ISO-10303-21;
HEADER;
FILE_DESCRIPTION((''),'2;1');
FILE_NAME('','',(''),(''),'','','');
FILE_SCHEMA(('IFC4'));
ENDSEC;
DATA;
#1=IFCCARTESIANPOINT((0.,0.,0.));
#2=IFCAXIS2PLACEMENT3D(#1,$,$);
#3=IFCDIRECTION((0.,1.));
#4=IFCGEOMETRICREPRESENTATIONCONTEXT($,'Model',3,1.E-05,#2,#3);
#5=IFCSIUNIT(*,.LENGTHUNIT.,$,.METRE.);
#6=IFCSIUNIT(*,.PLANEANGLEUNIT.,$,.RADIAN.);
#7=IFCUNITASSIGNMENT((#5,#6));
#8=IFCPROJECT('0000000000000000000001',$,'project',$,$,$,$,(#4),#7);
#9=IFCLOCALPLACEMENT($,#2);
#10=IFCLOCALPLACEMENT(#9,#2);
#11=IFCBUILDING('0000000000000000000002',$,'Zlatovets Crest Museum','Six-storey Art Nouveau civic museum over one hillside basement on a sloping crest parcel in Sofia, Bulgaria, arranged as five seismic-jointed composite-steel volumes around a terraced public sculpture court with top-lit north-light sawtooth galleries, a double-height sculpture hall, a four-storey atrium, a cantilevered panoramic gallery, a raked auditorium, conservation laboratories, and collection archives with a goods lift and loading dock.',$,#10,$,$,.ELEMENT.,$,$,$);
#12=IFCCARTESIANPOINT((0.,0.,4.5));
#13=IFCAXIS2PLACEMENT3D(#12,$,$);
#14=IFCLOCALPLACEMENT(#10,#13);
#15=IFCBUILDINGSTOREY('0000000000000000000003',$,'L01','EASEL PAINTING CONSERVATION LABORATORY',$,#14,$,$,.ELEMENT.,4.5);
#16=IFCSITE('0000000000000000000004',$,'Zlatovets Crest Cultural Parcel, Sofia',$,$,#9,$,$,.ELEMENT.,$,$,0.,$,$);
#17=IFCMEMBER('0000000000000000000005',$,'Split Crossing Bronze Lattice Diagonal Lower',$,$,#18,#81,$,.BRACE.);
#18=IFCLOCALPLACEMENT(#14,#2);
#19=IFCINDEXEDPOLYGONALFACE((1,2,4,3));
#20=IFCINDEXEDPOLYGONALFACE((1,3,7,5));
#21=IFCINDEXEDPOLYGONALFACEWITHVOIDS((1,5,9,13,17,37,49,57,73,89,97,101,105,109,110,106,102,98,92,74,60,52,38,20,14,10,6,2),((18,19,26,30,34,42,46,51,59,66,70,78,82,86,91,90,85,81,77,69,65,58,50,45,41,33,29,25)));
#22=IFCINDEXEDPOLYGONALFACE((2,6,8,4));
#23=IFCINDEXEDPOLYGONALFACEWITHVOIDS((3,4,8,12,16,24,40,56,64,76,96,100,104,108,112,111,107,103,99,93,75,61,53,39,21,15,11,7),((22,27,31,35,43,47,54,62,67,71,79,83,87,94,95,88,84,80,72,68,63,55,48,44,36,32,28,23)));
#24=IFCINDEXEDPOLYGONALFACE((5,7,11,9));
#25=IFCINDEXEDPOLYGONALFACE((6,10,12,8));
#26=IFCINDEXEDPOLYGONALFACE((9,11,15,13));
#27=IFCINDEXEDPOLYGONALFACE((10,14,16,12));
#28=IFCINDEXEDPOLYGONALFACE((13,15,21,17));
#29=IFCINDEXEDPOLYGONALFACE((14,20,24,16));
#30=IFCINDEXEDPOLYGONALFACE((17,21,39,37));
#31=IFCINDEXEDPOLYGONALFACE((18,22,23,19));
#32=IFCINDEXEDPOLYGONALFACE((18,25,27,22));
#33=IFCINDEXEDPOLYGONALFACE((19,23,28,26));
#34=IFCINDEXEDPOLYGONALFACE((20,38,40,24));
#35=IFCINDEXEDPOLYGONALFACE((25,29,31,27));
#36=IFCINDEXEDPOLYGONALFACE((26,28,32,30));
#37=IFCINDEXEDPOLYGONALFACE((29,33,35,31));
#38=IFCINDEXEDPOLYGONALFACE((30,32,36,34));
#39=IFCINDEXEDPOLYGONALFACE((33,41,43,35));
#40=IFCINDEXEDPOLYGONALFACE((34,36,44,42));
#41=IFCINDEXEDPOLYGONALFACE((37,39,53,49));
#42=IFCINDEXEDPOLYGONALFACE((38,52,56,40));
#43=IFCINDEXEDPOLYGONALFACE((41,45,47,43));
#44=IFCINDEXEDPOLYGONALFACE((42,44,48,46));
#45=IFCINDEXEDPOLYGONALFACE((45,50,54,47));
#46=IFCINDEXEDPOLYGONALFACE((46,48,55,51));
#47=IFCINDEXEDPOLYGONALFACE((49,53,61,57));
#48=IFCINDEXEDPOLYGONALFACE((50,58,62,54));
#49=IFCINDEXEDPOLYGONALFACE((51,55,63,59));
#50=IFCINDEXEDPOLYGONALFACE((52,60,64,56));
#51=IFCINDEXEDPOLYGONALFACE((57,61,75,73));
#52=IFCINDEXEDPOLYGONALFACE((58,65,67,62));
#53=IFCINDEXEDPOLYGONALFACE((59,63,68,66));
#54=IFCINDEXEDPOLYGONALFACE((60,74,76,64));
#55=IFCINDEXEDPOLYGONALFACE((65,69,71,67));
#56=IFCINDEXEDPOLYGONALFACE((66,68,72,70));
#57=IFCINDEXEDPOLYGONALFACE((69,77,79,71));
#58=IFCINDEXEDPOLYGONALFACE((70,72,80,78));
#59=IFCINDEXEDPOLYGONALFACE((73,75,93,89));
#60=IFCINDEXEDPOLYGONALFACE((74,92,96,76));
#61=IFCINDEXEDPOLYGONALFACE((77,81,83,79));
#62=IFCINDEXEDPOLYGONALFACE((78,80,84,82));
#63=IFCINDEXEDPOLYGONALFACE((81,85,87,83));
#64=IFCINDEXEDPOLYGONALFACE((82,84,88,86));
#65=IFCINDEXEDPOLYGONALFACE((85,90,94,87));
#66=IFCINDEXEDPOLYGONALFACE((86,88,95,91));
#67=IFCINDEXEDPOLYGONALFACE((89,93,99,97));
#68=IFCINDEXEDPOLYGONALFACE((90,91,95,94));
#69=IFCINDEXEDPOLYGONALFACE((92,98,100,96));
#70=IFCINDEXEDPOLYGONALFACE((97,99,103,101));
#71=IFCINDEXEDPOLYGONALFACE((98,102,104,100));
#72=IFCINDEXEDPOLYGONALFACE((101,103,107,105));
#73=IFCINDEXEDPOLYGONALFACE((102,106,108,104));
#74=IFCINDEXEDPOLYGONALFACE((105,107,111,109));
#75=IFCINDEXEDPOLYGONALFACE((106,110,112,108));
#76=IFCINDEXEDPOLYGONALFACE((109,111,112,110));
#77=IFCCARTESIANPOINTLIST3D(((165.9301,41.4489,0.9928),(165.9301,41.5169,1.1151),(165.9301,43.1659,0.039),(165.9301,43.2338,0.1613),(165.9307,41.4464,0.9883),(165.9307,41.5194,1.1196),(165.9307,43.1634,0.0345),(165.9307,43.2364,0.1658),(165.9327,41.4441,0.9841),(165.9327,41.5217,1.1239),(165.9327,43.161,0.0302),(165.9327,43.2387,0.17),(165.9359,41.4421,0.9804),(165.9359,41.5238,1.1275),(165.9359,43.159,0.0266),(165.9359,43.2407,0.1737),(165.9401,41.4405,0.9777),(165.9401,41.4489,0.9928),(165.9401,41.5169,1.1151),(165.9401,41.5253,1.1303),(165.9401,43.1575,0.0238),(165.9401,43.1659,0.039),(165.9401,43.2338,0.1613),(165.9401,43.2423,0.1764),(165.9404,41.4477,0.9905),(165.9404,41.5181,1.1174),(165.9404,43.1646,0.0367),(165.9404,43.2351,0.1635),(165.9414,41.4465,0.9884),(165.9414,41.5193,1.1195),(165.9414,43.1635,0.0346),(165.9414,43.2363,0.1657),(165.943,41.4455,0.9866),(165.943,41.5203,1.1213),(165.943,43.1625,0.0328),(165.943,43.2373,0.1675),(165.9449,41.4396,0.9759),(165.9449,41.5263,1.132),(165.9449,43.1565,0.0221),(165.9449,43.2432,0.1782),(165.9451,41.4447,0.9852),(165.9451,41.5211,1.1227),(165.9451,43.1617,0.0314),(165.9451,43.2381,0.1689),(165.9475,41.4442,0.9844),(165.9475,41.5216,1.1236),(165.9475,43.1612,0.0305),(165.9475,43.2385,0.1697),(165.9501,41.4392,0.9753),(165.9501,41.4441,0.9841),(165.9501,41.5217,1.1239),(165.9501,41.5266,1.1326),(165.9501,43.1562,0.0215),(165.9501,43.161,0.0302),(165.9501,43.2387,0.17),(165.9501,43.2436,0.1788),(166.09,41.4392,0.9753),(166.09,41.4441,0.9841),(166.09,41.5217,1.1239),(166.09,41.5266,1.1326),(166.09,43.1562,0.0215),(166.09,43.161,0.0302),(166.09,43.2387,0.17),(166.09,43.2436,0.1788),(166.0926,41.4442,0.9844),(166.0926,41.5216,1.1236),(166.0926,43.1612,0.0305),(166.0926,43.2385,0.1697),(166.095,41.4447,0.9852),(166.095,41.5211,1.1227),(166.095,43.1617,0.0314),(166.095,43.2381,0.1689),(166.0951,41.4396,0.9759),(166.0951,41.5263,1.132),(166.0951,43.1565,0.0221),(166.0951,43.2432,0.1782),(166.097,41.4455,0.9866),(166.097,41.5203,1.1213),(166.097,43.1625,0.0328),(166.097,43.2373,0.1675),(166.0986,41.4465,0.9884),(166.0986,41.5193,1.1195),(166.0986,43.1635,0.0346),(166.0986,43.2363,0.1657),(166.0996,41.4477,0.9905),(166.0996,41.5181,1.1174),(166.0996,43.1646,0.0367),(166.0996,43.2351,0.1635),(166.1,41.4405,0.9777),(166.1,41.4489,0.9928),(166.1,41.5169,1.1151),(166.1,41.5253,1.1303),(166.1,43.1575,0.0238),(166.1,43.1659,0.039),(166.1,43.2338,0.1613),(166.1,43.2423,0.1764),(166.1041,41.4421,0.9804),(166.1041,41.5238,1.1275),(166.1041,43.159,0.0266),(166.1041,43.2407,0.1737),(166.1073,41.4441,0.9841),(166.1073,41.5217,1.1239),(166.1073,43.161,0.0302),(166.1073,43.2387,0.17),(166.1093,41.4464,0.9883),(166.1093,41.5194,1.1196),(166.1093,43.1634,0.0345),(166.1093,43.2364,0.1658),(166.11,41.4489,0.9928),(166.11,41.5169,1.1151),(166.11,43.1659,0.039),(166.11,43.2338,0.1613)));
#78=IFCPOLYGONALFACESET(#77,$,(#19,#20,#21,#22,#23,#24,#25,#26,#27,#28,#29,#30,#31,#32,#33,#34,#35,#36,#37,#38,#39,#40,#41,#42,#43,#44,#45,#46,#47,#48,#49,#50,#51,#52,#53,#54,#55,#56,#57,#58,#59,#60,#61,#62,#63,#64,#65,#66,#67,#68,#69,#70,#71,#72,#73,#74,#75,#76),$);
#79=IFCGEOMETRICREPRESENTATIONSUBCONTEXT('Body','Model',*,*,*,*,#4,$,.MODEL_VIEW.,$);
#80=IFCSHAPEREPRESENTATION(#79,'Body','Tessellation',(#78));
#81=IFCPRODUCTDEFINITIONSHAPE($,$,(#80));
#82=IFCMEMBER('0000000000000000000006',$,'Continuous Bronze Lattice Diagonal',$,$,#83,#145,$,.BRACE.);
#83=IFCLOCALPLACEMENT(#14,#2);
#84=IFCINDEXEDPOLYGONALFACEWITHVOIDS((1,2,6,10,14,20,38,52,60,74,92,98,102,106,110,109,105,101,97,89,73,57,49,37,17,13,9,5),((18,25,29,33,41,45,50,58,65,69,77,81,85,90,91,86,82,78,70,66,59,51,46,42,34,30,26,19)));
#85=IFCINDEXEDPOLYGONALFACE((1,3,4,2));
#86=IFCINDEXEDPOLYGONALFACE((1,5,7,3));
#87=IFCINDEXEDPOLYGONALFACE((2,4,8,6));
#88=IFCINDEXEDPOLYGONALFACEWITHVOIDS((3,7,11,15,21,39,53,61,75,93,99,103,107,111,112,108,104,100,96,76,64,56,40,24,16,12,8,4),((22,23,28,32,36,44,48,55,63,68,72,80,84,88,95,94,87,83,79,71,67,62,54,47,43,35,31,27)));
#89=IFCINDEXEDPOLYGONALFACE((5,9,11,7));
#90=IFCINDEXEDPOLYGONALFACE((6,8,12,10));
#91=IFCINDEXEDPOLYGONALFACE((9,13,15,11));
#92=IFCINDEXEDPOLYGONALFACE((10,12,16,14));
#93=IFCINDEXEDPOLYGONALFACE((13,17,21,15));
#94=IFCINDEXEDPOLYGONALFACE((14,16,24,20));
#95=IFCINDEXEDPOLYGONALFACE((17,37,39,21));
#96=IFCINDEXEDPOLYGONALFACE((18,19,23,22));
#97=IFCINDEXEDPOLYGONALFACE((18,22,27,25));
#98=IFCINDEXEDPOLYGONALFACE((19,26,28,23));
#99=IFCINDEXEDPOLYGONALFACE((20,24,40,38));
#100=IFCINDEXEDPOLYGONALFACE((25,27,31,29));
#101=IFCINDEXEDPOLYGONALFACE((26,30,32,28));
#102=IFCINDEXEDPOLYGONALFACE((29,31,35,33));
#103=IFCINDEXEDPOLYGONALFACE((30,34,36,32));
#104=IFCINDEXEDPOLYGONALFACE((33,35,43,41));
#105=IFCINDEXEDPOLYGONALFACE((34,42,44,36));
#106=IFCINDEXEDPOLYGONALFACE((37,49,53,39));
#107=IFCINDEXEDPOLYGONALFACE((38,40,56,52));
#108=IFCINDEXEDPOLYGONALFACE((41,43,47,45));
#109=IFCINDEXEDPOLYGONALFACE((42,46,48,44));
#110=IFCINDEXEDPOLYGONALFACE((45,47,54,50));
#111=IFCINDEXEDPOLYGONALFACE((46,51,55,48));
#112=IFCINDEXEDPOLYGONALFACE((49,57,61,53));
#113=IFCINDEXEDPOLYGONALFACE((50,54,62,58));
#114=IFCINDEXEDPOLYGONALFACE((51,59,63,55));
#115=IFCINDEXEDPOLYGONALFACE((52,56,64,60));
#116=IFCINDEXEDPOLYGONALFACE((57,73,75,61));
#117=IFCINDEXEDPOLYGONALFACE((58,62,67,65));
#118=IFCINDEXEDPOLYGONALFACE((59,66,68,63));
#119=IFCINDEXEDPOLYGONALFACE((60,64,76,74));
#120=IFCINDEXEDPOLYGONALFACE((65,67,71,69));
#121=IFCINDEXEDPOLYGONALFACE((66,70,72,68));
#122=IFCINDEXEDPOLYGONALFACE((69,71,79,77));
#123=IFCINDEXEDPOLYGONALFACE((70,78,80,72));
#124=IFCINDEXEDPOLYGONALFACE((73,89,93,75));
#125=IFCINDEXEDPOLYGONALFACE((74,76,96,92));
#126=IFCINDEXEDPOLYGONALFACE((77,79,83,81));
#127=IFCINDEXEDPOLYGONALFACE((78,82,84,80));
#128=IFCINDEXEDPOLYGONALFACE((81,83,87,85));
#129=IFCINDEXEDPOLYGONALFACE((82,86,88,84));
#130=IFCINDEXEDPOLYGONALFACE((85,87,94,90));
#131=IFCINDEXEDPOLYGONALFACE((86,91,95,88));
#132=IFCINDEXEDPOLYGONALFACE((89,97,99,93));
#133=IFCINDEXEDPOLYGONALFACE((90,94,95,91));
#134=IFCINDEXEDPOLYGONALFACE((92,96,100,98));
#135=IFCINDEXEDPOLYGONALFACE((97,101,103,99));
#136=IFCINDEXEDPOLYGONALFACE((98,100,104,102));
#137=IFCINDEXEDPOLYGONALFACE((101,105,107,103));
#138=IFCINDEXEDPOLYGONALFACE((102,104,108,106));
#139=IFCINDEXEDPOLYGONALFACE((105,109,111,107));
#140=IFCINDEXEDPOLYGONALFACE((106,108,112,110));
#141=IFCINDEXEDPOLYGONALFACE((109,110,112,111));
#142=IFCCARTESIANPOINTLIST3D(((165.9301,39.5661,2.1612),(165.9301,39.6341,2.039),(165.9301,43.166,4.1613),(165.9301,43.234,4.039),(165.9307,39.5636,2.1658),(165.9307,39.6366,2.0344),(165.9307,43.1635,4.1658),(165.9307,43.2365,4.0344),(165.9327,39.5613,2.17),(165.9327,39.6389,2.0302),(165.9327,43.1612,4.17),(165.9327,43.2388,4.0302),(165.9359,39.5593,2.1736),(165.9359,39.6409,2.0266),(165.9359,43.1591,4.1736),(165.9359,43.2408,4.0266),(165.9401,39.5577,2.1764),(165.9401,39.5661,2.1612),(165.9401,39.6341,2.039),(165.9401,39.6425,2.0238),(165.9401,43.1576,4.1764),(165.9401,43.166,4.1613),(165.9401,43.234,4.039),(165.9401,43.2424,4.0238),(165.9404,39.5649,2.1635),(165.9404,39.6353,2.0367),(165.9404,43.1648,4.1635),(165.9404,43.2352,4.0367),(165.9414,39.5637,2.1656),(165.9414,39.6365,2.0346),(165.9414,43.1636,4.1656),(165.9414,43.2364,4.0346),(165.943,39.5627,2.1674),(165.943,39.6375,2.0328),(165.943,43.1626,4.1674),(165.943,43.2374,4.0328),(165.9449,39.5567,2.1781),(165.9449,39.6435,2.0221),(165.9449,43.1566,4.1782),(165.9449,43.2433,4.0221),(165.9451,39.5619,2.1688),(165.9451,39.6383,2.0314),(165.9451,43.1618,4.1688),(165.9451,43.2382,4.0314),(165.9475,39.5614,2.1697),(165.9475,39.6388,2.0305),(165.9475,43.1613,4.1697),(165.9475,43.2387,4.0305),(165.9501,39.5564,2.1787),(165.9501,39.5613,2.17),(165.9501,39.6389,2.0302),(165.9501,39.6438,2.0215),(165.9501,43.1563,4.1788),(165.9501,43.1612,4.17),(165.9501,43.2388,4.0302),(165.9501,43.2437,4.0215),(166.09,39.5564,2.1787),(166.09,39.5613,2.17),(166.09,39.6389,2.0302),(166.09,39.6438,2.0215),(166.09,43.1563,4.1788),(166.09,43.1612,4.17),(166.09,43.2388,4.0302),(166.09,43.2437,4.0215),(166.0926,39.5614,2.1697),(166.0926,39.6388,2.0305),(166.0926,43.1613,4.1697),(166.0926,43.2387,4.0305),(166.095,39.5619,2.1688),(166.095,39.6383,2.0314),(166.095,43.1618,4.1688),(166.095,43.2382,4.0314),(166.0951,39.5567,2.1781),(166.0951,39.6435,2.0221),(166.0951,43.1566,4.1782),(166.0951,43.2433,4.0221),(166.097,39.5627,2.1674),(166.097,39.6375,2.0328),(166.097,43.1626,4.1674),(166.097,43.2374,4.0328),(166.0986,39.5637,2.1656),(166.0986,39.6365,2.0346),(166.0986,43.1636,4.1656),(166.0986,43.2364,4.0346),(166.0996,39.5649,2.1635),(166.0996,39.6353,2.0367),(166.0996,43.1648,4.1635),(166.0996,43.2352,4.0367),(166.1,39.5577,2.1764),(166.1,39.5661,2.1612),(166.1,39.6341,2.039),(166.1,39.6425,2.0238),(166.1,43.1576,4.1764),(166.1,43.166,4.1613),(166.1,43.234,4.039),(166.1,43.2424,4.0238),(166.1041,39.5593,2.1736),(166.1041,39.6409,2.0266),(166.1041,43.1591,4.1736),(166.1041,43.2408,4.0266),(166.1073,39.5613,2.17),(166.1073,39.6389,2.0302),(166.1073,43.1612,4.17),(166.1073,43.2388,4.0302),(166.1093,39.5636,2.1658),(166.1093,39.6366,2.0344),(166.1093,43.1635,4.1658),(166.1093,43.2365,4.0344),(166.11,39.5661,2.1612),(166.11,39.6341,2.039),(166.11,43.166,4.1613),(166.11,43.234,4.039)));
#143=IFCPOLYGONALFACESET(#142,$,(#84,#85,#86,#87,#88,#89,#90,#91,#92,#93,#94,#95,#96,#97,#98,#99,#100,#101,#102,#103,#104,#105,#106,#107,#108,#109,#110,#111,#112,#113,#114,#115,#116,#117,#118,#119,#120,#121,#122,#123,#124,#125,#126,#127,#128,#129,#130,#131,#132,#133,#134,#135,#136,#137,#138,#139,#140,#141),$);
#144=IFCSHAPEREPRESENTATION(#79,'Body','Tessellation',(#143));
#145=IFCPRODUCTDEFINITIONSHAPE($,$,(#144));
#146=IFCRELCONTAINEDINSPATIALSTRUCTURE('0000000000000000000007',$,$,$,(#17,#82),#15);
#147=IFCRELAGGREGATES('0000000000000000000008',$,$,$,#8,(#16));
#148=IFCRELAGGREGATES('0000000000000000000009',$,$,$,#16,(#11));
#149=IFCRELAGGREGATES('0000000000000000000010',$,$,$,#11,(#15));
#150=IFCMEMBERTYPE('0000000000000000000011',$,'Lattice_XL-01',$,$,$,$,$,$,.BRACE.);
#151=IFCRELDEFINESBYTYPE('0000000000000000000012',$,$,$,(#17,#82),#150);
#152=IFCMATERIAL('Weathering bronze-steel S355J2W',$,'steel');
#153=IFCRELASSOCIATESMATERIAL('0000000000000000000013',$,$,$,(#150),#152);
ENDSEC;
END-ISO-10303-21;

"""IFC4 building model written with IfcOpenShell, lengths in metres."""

from ifc_helpers import new_model, si_unit, direction, frame, origin, origin_2d, place, context, subcontext, project, spatial, hollow_rectangle, extrude, material, material_profile, profile_set, type_object, element, save


model = new_model("IFC4")

# Units and contexts
model_context = context("Model", 3, precision=1e-05, world=origin(), true_north=direction((0.0, 1.0)))
body_context = subcontext(model_context, "Body", "Model", "MODEL_VIEW")
ifc_project = project(units=[si_unit("LENGTHUNIT", "METRE"), si_unit("PLANEANGLEUNIT", "RADIAN")], contexts=[model_context])

# Site, building, storey
site_placement = place(None, origin())
site = spatial("IfcSite", under=ifc_project, at=site_placement, Name="Zlatovets Crest Cultural Parcel, Sofia", CompositionType="ELEMENT", RefElevation=0.0)
building_placement = place(site_placement, origin())
building = spatial("IfcBuilding", under=site, at=building_placement, Name="Zlatovets Crest Museum", Description="Six-storey Art Nouveau civic museum over one hillside basement on a sloping crest parcel in Sofia, Bulgaria, arranged as five seismic-jointed composite-steel volumes around a terraced public sculpture court with top-lit north-light sawtooth galleries, a double-height sculpture hall, a four-storey atrium, a cantilevered panoramic gallery, a raked auditorium, conservation laboratories, and collection archives with a goods lift and loading dock.", CompositionType="ELEMENT")
storey_placement = place(building_placement, frame((0.0, 0.0, 4.5)))
storey = spatial("IfcBuildingStorey", under=building, at=storey_placement, Name="L01", Description="EASEL PAINTING CONSERVATION LABORATORY", CompositionType="ELEMENT", Elevation=4.5)

# Members
ifc_material_1 = material(Name="Weathering bronze-steel S355J2W", Category="steel")
ifc_material_profile_1 = material_profile(ifc_material_1, hollow_rectangle(XDim=0.1799, YDim=0.1799, WallThickness=0.01, InnerFilletRadius=0.01, OuterFilletRadius=0.02, at=origin_2d()), Name="SHS 180x180x10.0")
ifc_profile_set_1 = profile_set([ifc_material_profile_1], Name="Weathering bronze-steel S355J2W")
member_type_1 = type_object("IfcMemberType", Name="Lattice_XL-01", PredefinedType="BRACE", material=ifc_profile_set_1)
for number, where, z_axis, x_axis, name in (
    (1, (166.02, 41.4829, 1.054), (0.0, 0.874169, -0.485622), (-1.0, 0.0, 0.0), "Split Crossing Bronze Lattice Diagonal Lower"),
):
    element("IfcMember", number, at=place(storey_placement, frame(where, z_axis=z_axis, x_axis=x_axis)), inside=storey, type_object=member_type_1, Name=name, PredefinedType="BRACE", context=body_context, shape_type="SweptSolid", body=[
        extrude(hollow_rectangle(XDim=0.1799, YDim=0.1799, WallThickness=0.01, InnerFilletRadius=0.01, OuterFilletRadius=0.02, at=origin_2d()), origin(), (0.0, 0.0, 1.0), 1.9641),
    ])
member_1_placement = place(storey_placement, frame((166.02, 39.6001, 2.1001), z_axis=(0.0, 0.874149, 0.485658), x_axis=(-1.0, 0.0, 0.0)))
element("IfcMember", 2, at=member_1_placement, inside=storey, type_object=member_type_1, Name="Continuous Bronze Lattice Diagonal", PredefinedType="BRACE", context=body_context, shape_type="SweptSolid", body=[
    extrude(hollow_rectangle(XDim=0.1799, YDim=0.1799, WallThickness=0.01, InnerFilletRadius=0.01, OuterFilletRadius=0.02, at=origin_2d()), origin(), (0.0, 0.0, 1.0), 4.1182),
])

save(model, "model.ifc")
